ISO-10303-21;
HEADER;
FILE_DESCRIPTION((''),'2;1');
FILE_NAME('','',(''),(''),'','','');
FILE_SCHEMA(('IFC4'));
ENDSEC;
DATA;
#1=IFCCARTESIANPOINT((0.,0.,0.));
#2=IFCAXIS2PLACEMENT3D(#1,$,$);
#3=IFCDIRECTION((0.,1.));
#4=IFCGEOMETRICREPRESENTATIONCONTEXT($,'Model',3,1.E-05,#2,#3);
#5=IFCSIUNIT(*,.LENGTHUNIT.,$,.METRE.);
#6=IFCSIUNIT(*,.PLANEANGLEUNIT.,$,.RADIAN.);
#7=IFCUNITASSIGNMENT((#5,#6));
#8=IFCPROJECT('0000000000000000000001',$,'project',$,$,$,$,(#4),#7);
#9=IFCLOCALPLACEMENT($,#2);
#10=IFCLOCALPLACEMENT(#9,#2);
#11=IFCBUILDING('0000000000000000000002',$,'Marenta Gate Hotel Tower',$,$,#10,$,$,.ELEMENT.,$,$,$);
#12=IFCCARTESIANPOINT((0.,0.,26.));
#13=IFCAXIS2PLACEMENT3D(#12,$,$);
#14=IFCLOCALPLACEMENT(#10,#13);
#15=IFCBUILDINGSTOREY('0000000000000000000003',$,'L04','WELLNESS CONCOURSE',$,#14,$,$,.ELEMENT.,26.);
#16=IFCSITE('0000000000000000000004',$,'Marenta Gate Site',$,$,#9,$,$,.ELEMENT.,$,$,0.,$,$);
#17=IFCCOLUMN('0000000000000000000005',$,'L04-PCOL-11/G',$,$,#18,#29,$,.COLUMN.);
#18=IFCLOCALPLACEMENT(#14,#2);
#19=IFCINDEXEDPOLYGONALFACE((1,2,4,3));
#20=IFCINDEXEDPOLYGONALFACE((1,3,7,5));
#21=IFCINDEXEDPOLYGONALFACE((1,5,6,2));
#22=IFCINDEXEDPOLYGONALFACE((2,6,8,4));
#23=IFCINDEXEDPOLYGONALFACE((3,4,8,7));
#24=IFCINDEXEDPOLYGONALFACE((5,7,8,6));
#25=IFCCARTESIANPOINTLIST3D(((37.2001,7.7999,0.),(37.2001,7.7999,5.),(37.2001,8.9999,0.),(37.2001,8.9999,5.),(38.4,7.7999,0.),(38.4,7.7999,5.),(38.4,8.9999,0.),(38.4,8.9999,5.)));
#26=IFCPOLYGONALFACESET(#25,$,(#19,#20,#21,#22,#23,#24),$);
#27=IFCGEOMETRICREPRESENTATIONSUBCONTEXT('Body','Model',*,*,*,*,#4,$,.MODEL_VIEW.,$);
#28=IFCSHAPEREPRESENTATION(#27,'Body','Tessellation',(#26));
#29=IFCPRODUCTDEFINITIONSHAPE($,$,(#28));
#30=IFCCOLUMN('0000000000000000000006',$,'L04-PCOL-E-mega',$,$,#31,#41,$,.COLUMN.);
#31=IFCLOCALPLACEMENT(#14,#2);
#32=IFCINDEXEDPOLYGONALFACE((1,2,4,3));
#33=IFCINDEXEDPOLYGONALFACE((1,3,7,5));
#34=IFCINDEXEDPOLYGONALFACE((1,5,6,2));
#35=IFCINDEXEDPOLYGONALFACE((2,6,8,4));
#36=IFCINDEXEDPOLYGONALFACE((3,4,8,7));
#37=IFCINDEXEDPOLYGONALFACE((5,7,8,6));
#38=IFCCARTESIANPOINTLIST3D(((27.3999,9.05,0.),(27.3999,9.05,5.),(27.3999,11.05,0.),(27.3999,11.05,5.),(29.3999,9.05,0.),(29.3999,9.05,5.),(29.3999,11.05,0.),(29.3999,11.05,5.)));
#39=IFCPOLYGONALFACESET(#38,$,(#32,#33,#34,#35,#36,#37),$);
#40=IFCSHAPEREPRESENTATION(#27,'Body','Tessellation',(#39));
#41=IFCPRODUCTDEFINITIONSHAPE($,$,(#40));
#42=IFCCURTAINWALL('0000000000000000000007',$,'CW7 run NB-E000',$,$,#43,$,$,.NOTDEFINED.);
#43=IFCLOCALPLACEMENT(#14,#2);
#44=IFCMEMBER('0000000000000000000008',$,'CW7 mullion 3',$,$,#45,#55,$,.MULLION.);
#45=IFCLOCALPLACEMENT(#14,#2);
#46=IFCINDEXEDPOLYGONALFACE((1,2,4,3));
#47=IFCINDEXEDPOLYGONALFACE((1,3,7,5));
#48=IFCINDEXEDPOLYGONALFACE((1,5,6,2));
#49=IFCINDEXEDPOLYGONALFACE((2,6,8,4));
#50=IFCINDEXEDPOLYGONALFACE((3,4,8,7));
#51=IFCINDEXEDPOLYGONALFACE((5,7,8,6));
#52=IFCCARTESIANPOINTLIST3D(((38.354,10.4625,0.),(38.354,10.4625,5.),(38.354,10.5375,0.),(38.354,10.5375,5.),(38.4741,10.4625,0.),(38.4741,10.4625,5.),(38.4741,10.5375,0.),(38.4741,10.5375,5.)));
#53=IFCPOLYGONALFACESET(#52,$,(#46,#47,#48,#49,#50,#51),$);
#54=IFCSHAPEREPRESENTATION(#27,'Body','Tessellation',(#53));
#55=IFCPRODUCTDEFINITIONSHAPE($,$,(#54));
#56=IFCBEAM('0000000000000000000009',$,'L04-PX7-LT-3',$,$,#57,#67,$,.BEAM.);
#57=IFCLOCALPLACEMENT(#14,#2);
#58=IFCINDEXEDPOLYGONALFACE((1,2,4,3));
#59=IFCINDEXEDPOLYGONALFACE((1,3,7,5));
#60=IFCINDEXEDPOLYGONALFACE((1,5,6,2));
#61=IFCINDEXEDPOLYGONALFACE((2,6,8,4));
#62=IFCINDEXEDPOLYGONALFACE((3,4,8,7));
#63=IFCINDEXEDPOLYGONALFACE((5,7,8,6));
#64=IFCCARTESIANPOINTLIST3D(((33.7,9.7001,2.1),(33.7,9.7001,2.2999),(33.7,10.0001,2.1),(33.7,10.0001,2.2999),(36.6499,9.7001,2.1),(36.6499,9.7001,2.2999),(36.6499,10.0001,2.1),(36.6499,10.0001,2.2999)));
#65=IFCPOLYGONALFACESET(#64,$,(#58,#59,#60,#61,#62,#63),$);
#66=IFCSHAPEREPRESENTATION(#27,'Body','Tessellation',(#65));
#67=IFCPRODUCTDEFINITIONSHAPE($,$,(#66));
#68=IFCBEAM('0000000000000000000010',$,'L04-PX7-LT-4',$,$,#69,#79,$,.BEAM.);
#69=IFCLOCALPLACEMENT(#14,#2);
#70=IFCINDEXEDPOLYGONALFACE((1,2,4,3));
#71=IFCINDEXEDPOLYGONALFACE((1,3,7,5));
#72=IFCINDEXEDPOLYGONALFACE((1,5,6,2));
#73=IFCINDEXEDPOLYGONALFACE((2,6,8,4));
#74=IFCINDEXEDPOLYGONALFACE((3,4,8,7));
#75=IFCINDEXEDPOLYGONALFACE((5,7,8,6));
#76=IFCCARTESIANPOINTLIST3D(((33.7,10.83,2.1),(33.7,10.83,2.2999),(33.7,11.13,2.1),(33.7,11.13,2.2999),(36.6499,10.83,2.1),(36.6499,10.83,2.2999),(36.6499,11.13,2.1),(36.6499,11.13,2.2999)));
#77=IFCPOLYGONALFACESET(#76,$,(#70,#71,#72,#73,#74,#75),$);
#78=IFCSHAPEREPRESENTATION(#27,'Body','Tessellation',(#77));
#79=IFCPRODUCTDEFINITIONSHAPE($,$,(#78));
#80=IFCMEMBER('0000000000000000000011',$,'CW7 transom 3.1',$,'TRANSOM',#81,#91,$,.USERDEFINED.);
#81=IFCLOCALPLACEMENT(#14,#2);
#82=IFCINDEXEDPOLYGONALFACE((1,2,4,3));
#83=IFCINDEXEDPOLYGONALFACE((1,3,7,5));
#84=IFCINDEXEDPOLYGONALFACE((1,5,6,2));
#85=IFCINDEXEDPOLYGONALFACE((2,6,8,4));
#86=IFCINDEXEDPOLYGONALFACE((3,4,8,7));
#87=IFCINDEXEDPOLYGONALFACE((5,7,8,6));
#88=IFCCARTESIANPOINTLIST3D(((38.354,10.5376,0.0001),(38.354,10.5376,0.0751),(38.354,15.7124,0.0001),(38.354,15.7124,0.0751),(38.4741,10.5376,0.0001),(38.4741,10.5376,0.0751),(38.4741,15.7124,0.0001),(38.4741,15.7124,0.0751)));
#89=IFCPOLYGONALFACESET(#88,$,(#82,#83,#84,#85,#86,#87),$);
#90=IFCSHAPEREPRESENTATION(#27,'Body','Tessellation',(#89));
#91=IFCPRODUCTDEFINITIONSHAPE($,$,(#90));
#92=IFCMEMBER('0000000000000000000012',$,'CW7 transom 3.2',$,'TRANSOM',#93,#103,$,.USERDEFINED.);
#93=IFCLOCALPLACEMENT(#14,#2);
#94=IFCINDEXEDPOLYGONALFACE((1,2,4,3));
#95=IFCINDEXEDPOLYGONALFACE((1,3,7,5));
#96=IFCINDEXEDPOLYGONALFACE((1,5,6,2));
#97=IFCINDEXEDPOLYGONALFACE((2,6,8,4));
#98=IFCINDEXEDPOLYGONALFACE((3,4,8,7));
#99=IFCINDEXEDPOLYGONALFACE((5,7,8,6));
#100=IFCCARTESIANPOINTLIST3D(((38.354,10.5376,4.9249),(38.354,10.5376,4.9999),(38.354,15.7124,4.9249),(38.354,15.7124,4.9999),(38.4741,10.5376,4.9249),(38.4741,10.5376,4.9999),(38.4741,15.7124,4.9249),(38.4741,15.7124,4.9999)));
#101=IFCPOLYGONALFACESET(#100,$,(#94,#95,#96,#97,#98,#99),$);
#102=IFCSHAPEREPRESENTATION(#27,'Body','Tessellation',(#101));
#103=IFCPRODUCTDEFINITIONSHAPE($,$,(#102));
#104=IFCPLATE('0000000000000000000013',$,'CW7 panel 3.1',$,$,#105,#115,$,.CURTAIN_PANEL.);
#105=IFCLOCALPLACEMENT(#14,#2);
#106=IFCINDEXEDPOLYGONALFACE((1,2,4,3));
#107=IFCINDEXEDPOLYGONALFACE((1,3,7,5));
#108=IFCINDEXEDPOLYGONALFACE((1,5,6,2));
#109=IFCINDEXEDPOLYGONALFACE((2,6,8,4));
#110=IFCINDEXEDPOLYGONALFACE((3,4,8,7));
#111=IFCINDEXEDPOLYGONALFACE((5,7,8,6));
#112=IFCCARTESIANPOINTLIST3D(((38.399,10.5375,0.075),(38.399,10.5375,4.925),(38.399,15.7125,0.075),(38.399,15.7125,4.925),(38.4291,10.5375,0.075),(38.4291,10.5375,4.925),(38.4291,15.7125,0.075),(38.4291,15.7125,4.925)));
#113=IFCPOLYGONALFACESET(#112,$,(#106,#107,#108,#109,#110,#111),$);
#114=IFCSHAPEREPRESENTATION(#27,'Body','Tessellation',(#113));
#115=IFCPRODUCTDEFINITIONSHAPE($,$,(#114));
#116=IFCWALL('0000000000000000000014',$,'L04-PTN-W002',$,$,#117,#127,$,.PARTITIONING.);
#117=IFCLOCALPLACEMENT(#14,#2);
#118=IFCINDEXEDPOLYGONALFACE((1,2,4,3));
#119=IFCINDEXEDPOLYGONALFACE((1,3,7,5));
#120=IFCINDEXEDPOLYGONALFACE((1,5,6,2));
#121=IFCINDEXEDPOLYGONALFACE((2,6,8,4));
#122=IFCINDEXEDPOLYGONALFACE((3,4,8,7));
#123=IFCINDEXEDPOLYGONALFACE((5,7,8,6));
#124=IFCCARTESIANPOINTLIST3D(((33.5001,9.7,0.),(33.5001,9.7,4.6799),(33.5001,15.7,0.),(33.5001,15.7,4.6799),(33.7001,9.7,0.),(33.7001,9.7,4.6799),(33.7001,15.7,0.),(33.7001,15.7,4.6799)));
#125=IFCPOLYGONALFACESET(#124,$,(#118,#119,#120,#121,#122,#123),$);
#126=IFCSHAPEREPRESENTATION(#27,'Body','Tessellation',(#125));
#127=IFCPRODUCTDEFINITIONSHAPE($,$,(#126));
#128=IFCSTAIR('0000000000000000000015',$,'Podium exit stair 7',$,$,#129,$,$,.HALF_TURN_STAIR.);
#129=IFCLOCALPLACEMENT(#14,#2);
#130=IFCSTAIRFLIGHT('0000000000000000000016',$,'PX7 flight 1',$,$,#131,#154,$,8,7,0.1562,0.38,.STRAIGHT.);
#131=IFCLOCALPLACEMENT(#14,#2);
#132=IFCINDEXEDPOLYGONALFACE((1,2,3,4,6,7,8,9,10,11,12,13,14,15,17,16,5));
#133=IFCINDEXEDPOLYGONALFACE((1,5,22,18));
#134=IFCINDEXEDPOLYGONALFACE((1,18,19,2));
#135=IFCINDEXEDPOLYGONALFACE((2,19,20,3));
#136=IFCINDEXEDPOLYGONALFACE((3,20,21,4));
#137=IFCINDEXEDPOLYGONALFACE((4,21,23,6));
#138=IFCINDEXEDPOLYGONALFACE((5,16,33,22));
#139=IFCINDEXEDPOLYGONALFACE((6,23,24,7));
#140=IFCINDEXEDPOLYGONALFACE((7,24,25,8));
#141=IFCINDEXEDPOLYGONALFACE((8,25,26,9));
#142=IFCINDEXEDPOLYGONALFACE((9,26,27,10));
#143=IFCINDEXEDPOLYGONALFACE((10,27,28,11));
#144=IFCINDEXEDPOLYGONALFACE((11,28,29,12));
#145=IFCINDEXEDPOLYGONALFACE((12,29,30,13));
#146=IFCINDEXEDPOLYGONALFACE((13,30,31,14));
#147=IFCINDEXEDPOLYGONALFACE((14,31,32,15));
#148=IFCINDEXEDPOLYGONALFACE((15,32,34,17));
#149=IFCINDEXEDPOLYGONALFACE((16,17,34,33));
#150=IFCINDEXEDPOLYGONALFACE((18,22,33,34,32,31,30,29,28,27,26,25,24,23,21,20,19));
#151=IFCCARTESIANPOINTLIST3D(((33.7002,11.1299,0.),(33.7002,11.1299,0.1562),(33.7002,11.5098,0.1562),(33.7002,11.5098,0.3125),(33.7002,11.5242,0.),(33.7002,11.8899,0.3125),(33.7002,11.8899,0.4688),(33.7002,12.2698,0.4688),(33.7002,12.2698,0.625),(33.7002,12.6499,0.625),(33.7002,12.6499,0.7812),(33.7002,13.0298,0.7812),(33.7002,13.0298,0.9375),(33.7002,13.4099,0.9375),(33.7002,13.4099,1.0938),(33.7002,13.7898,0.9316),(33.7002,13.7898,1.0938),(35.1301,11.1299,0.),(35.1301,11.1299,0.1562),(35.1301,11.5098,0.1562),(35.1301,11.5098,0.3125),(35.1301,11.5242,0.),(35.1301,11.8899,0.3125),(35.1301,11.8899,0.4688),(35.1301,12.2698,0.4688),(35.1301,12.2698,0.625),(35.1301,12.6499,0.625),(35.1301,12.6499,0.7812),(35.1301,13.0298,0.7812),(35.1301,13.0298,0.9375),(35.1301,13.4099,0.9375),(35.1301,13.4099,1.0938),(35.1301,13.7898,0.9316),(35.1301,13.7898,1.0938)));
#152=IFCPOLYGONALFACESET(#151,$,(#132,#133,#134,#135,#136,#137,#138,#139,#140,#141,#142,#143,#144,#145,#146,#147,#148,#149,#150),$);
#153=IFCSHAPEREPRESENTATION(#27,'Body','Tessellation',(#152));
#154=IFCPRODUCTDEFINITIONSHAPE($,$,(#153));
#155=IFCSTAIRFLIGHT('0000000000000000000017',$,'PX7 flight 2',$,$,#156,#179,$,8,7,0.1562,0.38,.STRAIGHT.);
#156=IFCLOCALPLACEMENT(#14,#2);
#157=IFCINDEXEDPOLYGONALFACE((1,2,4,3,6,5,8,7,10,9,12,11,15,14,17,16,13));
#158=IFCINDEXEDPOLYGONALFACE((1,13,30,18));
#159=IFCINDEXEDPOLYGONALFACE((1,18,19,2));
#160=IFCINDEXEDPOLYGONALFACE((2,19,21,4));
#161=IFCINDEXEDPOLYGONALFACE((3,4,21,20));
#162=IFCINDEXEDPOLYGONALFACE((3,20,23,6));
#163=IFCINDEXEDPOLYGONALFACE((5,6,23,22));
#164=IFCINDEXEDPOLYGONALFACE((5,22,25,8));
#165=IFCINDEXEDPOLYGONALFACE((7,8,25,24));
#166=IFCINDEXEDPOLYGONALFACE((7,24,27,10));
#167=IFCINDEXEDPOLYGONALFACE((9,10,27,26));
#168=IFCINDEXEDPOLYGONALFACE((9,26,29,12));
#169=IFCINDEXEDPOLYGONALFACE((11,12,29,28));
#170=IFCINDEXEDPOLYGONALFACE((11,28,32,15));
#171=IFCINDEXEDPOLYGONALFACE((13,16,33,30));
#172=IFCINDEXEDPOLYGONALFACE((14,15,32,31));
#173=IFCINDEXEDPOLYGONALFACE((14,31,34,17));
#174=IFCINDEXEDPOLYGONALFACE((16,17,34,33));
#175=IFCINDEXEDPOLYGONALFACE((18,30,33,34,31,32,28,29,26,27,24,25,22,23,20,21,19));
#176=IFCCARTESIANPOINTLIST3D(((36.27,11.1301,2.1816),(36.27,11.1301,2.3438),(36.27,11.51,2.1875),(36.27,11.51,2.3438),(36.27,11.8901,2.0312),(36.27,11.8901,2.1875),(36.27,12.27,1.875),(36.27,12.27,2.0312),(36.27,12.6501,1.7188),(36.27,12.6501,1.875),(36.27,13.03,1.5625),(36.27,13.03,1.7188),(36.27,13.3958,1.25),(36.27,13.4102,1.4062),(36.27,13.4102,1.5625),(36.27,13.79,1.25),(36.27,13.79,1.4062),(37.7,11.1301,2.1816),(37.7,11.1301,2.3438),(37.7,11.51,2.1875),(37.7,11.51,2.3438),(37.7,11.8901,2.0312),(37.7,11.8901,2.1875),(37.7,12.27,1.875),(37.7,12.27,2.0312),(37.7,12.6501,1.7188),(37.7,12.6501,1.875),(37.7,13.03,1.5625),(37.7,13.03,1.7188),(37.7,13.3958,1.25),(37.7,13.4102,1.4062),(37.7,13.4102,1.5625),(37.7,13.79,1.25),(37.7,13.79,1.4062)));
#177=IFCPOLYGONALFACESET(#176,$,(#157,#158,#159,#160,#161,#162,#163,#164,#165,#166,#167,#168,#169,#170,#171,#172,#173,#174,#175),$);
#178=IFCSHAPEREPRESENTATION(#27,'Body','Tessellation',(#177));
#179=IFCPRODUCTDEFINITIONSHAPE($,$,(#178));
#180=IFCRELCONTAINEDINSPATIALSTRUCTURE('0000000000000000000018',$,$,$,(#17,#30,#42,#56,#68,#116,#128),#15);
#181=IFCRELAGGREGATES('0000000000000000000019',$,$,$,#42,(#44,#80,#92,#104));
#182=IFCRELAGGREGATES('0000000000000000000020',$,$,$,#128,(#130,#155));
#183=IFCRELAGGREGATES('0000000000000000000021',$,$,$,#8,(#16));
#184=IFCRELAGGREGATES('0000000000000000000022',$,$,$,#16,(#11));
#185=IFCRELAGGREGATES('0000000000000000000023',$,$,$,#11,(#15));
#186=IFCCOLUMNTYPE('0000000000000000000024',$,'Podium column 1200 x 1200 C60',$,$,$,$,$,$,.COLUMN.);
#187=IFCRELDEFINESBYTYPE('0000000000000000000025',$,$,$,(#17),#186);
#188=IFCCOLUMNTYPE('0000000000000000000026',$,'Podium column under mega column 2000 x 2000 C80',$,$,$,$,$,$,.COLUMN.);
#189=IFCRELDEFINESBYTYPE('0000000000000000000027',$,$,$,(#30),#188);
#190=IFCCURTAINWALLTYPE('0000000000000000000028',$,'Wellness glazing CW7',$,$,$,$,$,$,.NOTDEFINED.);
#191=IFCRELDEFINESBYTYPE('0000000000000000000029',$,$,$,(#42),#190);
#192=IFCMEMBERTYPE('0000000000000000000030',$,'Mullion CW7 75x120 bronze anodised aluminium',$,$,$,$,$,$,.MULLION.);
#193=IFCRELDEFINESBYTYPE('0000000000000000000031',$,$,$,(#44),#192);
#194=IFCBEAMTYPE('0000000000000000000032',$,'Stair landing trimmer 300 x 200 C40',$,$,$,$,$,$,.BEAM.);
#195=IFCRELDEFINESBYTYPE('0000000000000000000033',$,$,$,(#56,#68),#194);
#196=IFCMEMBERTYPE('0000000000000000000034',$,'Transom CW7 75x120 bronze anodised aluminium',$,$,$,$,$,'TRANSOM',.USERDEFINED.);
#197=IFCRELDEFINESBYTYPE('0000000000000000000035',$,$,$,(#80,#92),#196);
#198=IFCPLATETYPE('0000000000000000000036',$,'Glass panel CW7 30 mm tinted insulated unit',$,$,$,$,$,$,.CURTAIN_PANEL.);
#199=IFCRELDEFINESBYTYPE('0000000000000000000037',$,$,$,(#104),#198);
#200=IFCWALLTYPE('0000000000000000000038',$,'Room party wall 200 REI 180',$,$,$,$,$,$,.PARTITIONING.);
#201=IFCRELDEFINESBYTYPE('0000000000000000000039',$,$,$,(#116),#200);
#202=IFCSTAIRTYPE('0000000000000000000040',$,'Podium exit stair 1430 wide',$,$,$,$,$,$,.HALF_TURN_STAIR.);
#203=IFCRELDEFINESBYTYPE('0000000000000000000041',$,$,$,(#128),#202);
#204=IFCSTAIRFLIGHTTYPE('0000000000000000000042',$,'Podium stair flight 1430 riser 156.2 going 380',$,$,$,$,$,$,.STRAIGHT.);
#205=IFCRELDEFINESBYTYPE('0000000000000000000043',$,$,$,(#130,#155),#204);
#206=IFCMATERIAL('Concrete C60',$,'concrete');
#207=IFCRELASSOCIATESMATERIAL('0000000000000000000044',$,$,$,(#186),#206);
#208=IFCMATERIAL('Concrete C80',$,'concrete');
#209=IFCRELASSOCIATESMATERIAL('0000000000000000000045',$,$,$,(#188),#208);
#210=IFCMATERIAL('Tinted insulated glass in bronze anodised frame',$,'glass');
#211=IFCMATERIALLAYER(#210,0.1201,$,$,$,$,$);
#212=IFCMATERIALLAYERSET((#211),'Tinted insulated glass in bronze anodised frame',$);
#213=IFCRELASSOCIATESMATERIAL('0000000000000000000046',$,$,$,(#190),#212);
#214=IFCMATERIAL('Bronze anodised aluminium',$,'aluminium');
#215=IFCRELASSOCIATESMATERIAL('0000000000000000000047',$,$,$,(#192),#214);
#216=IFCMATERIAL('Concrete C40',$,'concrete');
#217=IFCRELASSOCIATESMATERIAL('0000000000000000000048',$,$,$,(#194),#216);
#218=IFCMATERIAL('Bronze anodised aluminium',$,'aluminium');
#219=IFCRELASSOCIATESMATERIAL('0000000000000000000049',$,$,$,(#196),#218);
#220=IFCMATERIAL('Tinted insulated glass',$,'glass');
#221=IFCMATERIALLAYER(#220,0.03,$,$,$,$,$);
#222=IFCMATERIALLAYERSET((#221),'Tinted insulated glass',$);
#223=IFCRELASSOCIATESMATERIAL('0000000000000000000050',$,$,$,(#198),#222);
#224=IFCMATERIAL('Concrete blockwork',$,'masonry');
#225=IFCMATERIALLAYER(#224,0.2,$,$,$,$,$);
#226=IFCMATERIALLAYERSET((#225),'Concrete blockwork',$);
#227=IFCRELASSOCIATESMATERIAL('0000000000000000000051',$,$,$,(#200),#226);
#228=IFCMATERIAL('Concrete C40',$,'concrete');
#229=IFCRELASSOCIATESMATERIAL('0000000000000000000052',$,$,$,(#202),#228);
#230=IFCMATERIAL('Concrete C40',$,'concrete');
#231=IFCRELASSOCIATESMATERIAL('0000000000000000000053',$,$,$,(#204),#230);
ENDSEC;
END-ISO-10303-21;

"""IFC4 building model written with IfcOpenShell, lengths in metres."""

from ifc_helpers import new_model, si_unit, direction, frame, frame_2d, origin, origin_2d, place, context, subcontext, project, spatial, polyline, rectangle, outline, extrude, material, layer, layer_set, material_profile, profile_set, type_object, element, aggregate, save


model = new_model("IFC4")

# Units and contexts
model_context = context("Model", 3, precision=1e-05, world=origin(), true_north=direction((0.0, 1.0)))
body_context = subcontext(model_context, "Body", "Model", "MODEL_VIEW")
ifc_project = project(units=[si_unit("LENGTHUNIT", "METRE"), si_unit("PLANEANGLEUNIT", "RADIAN")], contexts=[model_context])

# Site, building, storey
site_placement = place(None, origin())
site = spatial("IfcSite", under=ifc_project, at=site_placement, Name="Marenta Gate Site", CompositionType="ELEMENT", RefElevation=0.0)
building_placement = place(site_placement, origin())
building = spatial("IfcBuilding", under=site, at=building_placement, Name="Marenta Gate Hotel Tower", CompositionType="ELEMENT")
storey_placement = place(building_placement, frame((0.0, 0.0, 26.0)))
storey = spatial("IfcBuildingStorey", under=building, at=storey_placement, Name="L04", Description="WELLNESS CONCOURSE", CompositionType="ELEMENT", Elevation=26.0)

# Columns
ifc_material_1 = material(Name="Concrete C60", Category="concrete")
ifc_material_profile_1 = material_profile(ifc_material_1, rectangle(XDim=1.2, YDim=1.2, at=origin_2d()), Name="1200 x 1200")
ifc_profile_set_1 = profile_set([ifc_material_profile_1], Name="Concrete C60")
column_type_1 = type_object("IfcColumnType", Name="Podium column 1200 x 1200 C60", PredefinedType="COLUMN", material=ifc_profile_set_1)
column_1_placement = place(storey_placement, frame((37.8, 8.3999, 0.0), z_axis=(0.0, 0.0, 1.0), x_axis=(1.0, 0.0, 0.0)))
element("IfcColumn", 1, at=column_1_placement, inside=storey, type_object=column_type_1, Name="L04-PCOL-11/G", PredefinedType="COLUMN", context=body_context, shape_type="SweptSolid", body=[
    extrude(rectangle(XDim=1.2, YDim=1.2, at=origin_2d()), origin(), (0.0, 0.0, 1.0), 5.0),
])
ifc_material_2 = material(Name="Concrete C80", Category="concrete")
ifc_material_profile_2 = material_profile(ifc_material_2, rectangle(XDim=2.0, YDim=2.0, at=origin_2d()), Name="2000 x 2000")
ifc_profile_set_2 = profile_set([ifc_material_profile_2], Name="Concrete C80")
column_type_2 = type_object("IfcColumnType", Name="Podium column under mega column 2000 x 2000 C80", PredefinedType="COLUMN", material=ifc_profile_set_2)
column_2_placement = place(storey_placement, frame((28.3999, 10.05, 0.0), z_axis=(0.0, 0.0, 1.0), x_axis=(1.0, 0.0, 0.0)))
element("IfcColumn", 2, at=column_2_placement, inside=storey, type_object=column_type_2, Name="L04-PCOL-E-mega", PredefinedType="COLUMN", context=body_context, shape_type="SweptSolid", body=[
    extrude(rectangle(XDim=2.0, YDim=2.0, at=origin_2d()), origin(), (0.0, 0.0, 1.0), 5.0),
])

# Curtain wall, member
ifc_material_3 = material(Name="Tinted insulated glass in bronze anodised frame", Category="glass")
ifc_layer_1 = layer(ifc_material_3, 0.1201)
ifc_layer_set_1 = layer_set([ifc_layer_1], Name="Tinted insulated glass in bronze anodised frame")
curtain_wall_type = type_object("IfcCurtainWallType", Name="Wellness glazing CW7", PredefinedType="NOTDEFINED", material=ifc_layer_set_1)
curtain_wall_placement = place(storey_placement, origin())
curtain_wall = element("IfcCurtainWall", 3, at=curtain_wall_placement, inside=storey, type_object=curtain_wall_type, Name="CW7 run NB-E000", PredefinedType="NOTDEFINED")
ifc_material_4 = material(Name="Bronze anodised aluminium", Category="aluminium")
ifc_material_profile_3 = material_profile(ifc_material_4, rectangle(XDim=0.1201, YDim=0.075, at=origin_2d()), Name="Mullion CW7 75x120 bronze anodised aluminium")
ifc_profile_set_3 = profile_set([ifc_material_profile_3], Name="Bronze anodised aluminium")
member_type_1 = type_object("IfcMemberType", Name="Mullion CW7 75x120 bronze anodised aluminium", PredefinedType="MULLION", material=ifc_profile_set_3)
member_1_placement = place(storey_placement, frame((38.4141, 10.5, 0.0), z_axis=(0.0, 0.0, 1.0), x_axis=(-1.0, 0.0, 0.0)))
member_1 = element("IfcMember", 4, at=member_1_placement, type_object=member_type_1, Name="CW7 mullion 3", PredefinedType="MULLION", context=body_context, shape_type="SweptSolid", body=[
    extrude(rectangle(XDim=0.1201, YDim=0.075, at=origin_2d()), origin(), (0.0, 0.0, 1.0), 5.0),
])

# Beams
ifc_material_5 = material(Name="Concrete C40", Category="concrete")
ifc_material_profile_4 = material_profile(ifc_material_5, rectangle(XDim=0.3, YDim=0.2, at=origin_2d()), Name="300 x 200")
ifc_profile_set_4 = profile_set([ifc_material_profile_4], Name="Concrete C40")
beam_type = type_object("IfcBeamType", Name="Stair landing trimmer 300 x 200 C40", PredefinedType="BEAM", material=ifc_profile_set_4)
for number, where, z_axis, x_axis, name in (
    (5, (33.7, 9.8501, 2.2), (1.0, 0.0, 0.0), (0.0, 1.0, 0.0), "L04-PX7-LT-3"),
    (6, (33.7, 10.98, 2.2), (1.0, 0.0, 0.0), (0.0, 1.0, 0.0), "L04-PX7-LT-4"),
):
    element("IfcBeam", number, at=place(storey_placement, frame(where, z_axis=z_axis, x_axis=x_axis)), inside=storey, type_object=beam_type, Name=name, PredefinedType="BEAM", context=body_context, shape_type="SweptSolid", body=[
        extrude(rectangle(XDim=0.3, YDim=0.2, at=origin_2d()), origin(), (0.0, 0.0, 1.0), 2.95),
    ])

# Members
ifc_material_6 = material(Name="Bronze anodised aluminium", Category="aluminium")
ifc_material_profile_5 = material_profile(ifc_material_6, rectangle(XDim=0.1201, YDim=0.075, at=origin_2d()), Name="Transom CW7 75x120 bronze anodised aluminium")
ifc_profile_set_5 = profile_set([ifc_material_profile_5], Name="Bronze anodised aluminium")
member_type_2 = type_object("IfcMemberType", Name="Transom CW7 75x120 bronze anodised aluminium", ElementType="TRANSOM", PredefinedType="USERDEFINED", material=ifc_profile_set_5)
member_2_placement = place(storey_placement, frame((38.4141, 10.5376, 0.0376), z_axis=(0.0, 1.0, 0.0), x_axis=(-1.0, 0.0, 0.0)))
member_2 = element("IfcMember", 7, at=member_2_placement, type_object=member_type_2, Name="CW7 transom 3.1", ObjectType="TRANSOM", PredefinedType="USERDEFINED", context=body_context, shape_type="SweptSolid", body=[
    extrude(rectangle(XDim=0.1201, YDim=0.075, at=origin_2d()), origin(), (0.0, 0.0, 1.0), 5.1748),
])
member_3_placement = place(storey_placement, frame((38.4141, 10.5376, 4.9624), z_axis=(0.0, 1.0, 0.0), x_axis=(-1.0, 0.0, 0.0)))
member_3 = element("IfcMember", 8, at=member_3_placement, type_object=member_type_2, Name="CW7 transom 3.2", ObjectType="TRANSOM", PredefinedType="USERDEFINED", context=body_context, shape_type="SweptSolid", body=[
    extrude(rectangle(XDim=0.1201, YDim=0.075, at=origin_2d()), origin(), (0.0, 0.0, 1.0), 5.1748),
])

# Plate
ifc_material_7 = material(Name="Tinted insulated glass", Category="glass")
ifc_layer_2 = layer(ifc_material_7, 0.03)
ifc_layer_set_2 = layer_set([ifc_layer_2], Name="Tinted insulated glass")
plate_type = type_object("IfcPlateType", Name="Glass panel CW7 30 mm tinted insulated unit", PredefinedType="CURTAIN_PANEL", material=ifc_layer_set_2)
plate_placement = place(storey_placement, frame((38.4141, 13.125, 0.075), z_axis=(0.0, 0.0, 1.0), x_axis=(0.0, 1.0, 0.0)))
plate = element("IfcPlate", 9, at=plate_placement, type_object=plate_type, Name="CW7 panel 3.1", PredefinedType="CURTAIN_PANEL", context=body_context, shape_type="SweptSolid", body=[
    extrude(rectangle(XDim=5.175, YDim=0.03, at=origin_2d()), origin(), (0.0, 0.0, 1.0), 4.8501),
])
aggregate(curtain_wall, [member_1, member_2, member_3, plate])

# Wall
ifc_material_8 = material(Name="Concrete blockwork", Category="masonry")
ifc_layer_3 = layer(ifc_material_8, 0.2)
ifc_layer_set_3 = layer_set([ifc_layer_3], Name="Concrete blockwork")
wall_type_1 = type_object("IfcWallType", Name="Room party wall 200 REI 180", PredefinedType="PARTITIONING", material=ifc_layer_set_3)
wall_1_placement = place(storey_placement, frame((33.6001, 9.7, 0.0), z_axis=(0.0, 0.0, 1.0), x_axis=(0.0, 1.0, 0.0)))
element("IfcWall", 10, at=wall_1_placement, inside=storey, type_object=wall_type_1, Name="L04-PTN-W002", PredefinedType="PARTITIONING", context=body_context, shape_type="SweptSolid", body=[
    extrude(rectangle(XDim=6.0, YDim=0.2, at=frame_2d((3.0, 0.0))), origin(), (0.0, 0.0, 1.0), 4.6799),
])

# Stair, stair flights
ifc_material_9 = material(Name="Concrete C40", Category="concrete")
stair_type = type_object("IfcStairType", Name="Podium exit stair 1430 wide", PredefinedType="HALF_TURN_STAIR", material=ifc_material_9)
stair_placement = place(storey_placement, origin())
stair = element("IfcStair", 11, at=stair_placement, inside=storey, type_object=stair_type, Name="Podium exit stair 7", PredefinedType="HALF_TURN_STAIR")
ifc_material_10 = material(Name="Concrete C40", Category="concrete")
stair_flight_type = type_object("IfcStairFlightType", Name="Podium stair flight 1430 riser 156.2 going 380", PredefinedType="STRAIGHT", material=ifc_material_10)
stair_flight_1_placement = place(storey_placement, frame((34.415, 11.1299, 0.0), z_axis=(0.0, 0.0, 1.0), x_axis=(0.0, 1.0, 0.0)))
stair_flight_1 = element("IfcStairFlight", 12, at=stair_flight_1_placement, type_object=stair_flight_type, Name="PX7 flight 1", NumberOfRisers=8, NumberOfTreads=7, PredefinedType="STRAIGHT", RiserHeight=0.1562, TreadLength=0.38, context=body_context, shape_type="SweptSolid", body=[
    extrude(outline(polyline([(0.0, 0.0), (0.0, 0.1562), (0.3799, 0.1562), (0.3799, 0.3125), (0.76, 0.3125), (0.76, 0.4688), (1.1399, 0.4688), (1.1399, 0.625), (1.52, 0.625), (1.52, 0.7812), (1.8999, 0.7812), (1.8999, 0.9375), (2.28, 0.9375), (2.28, 1.0938), (2.6599, 1.0938), (2.6599, 1.25), (2.6599, 0.9316), (0.3943, 0.0), (0.0, 0.0)])), frame((0.0, 0.7148, 0.0), z_axis=(0.0, -1.0, 0.0), x_axis=(1.0, 0.0, 0.0)), (0.0, 0.0, 1.0), 1.4299),
])
stair_flight_2_placement = place(storey_placement, frame((36.9851, 13.79, 1.25), z_axis=(0.0, 0.0, 1.0), x_axis=(0.0, -1.0, 0.0)))
stair_flight_2 = element("IfcStairFlight", 13, at=stair_flight_2_placement, type_object=stair_flight_type, Name="PX7 flight 2", NumberOfRisers=8, NumberOfTreads=7, PredefinedType="STRAIGHT", RiserHeight=0.1562, TreadLength=0.38, context=body_context, shape_type="SweptSolid", body=[
    extrude(outline(polyline([(0.0, 0.0), (0.0, 0.1562), (0.3799, 0.1562), (0.3799, 0.3125), (0.76, 0.3125), (0.76, 0.4688), (1.1399, 0.4688), (1.1399, 0.625), (1.52, 0.625), (1.52, 0.7812), (1.8999, 0.7812), (1.8999, 0.9375), (2.28, 0.9375), (2.28, 1.0938), (2.6599, 1.0938), (2.6599, 1.25), (2.6599, 0.9316), (0.3943, 0.0), (0.0, 0.0)])), frame((0.0, 0.7148, 0.0), z_axis=(0.0, -1.0, 0.0), x_axis=(1.0, 0.0, 0.0)), (0.0, 0.0, 1.0), 1.4299),
])
aggregate(stair, [stair_flight_1, stair_flight_2])

save(model, "model.ifc")
